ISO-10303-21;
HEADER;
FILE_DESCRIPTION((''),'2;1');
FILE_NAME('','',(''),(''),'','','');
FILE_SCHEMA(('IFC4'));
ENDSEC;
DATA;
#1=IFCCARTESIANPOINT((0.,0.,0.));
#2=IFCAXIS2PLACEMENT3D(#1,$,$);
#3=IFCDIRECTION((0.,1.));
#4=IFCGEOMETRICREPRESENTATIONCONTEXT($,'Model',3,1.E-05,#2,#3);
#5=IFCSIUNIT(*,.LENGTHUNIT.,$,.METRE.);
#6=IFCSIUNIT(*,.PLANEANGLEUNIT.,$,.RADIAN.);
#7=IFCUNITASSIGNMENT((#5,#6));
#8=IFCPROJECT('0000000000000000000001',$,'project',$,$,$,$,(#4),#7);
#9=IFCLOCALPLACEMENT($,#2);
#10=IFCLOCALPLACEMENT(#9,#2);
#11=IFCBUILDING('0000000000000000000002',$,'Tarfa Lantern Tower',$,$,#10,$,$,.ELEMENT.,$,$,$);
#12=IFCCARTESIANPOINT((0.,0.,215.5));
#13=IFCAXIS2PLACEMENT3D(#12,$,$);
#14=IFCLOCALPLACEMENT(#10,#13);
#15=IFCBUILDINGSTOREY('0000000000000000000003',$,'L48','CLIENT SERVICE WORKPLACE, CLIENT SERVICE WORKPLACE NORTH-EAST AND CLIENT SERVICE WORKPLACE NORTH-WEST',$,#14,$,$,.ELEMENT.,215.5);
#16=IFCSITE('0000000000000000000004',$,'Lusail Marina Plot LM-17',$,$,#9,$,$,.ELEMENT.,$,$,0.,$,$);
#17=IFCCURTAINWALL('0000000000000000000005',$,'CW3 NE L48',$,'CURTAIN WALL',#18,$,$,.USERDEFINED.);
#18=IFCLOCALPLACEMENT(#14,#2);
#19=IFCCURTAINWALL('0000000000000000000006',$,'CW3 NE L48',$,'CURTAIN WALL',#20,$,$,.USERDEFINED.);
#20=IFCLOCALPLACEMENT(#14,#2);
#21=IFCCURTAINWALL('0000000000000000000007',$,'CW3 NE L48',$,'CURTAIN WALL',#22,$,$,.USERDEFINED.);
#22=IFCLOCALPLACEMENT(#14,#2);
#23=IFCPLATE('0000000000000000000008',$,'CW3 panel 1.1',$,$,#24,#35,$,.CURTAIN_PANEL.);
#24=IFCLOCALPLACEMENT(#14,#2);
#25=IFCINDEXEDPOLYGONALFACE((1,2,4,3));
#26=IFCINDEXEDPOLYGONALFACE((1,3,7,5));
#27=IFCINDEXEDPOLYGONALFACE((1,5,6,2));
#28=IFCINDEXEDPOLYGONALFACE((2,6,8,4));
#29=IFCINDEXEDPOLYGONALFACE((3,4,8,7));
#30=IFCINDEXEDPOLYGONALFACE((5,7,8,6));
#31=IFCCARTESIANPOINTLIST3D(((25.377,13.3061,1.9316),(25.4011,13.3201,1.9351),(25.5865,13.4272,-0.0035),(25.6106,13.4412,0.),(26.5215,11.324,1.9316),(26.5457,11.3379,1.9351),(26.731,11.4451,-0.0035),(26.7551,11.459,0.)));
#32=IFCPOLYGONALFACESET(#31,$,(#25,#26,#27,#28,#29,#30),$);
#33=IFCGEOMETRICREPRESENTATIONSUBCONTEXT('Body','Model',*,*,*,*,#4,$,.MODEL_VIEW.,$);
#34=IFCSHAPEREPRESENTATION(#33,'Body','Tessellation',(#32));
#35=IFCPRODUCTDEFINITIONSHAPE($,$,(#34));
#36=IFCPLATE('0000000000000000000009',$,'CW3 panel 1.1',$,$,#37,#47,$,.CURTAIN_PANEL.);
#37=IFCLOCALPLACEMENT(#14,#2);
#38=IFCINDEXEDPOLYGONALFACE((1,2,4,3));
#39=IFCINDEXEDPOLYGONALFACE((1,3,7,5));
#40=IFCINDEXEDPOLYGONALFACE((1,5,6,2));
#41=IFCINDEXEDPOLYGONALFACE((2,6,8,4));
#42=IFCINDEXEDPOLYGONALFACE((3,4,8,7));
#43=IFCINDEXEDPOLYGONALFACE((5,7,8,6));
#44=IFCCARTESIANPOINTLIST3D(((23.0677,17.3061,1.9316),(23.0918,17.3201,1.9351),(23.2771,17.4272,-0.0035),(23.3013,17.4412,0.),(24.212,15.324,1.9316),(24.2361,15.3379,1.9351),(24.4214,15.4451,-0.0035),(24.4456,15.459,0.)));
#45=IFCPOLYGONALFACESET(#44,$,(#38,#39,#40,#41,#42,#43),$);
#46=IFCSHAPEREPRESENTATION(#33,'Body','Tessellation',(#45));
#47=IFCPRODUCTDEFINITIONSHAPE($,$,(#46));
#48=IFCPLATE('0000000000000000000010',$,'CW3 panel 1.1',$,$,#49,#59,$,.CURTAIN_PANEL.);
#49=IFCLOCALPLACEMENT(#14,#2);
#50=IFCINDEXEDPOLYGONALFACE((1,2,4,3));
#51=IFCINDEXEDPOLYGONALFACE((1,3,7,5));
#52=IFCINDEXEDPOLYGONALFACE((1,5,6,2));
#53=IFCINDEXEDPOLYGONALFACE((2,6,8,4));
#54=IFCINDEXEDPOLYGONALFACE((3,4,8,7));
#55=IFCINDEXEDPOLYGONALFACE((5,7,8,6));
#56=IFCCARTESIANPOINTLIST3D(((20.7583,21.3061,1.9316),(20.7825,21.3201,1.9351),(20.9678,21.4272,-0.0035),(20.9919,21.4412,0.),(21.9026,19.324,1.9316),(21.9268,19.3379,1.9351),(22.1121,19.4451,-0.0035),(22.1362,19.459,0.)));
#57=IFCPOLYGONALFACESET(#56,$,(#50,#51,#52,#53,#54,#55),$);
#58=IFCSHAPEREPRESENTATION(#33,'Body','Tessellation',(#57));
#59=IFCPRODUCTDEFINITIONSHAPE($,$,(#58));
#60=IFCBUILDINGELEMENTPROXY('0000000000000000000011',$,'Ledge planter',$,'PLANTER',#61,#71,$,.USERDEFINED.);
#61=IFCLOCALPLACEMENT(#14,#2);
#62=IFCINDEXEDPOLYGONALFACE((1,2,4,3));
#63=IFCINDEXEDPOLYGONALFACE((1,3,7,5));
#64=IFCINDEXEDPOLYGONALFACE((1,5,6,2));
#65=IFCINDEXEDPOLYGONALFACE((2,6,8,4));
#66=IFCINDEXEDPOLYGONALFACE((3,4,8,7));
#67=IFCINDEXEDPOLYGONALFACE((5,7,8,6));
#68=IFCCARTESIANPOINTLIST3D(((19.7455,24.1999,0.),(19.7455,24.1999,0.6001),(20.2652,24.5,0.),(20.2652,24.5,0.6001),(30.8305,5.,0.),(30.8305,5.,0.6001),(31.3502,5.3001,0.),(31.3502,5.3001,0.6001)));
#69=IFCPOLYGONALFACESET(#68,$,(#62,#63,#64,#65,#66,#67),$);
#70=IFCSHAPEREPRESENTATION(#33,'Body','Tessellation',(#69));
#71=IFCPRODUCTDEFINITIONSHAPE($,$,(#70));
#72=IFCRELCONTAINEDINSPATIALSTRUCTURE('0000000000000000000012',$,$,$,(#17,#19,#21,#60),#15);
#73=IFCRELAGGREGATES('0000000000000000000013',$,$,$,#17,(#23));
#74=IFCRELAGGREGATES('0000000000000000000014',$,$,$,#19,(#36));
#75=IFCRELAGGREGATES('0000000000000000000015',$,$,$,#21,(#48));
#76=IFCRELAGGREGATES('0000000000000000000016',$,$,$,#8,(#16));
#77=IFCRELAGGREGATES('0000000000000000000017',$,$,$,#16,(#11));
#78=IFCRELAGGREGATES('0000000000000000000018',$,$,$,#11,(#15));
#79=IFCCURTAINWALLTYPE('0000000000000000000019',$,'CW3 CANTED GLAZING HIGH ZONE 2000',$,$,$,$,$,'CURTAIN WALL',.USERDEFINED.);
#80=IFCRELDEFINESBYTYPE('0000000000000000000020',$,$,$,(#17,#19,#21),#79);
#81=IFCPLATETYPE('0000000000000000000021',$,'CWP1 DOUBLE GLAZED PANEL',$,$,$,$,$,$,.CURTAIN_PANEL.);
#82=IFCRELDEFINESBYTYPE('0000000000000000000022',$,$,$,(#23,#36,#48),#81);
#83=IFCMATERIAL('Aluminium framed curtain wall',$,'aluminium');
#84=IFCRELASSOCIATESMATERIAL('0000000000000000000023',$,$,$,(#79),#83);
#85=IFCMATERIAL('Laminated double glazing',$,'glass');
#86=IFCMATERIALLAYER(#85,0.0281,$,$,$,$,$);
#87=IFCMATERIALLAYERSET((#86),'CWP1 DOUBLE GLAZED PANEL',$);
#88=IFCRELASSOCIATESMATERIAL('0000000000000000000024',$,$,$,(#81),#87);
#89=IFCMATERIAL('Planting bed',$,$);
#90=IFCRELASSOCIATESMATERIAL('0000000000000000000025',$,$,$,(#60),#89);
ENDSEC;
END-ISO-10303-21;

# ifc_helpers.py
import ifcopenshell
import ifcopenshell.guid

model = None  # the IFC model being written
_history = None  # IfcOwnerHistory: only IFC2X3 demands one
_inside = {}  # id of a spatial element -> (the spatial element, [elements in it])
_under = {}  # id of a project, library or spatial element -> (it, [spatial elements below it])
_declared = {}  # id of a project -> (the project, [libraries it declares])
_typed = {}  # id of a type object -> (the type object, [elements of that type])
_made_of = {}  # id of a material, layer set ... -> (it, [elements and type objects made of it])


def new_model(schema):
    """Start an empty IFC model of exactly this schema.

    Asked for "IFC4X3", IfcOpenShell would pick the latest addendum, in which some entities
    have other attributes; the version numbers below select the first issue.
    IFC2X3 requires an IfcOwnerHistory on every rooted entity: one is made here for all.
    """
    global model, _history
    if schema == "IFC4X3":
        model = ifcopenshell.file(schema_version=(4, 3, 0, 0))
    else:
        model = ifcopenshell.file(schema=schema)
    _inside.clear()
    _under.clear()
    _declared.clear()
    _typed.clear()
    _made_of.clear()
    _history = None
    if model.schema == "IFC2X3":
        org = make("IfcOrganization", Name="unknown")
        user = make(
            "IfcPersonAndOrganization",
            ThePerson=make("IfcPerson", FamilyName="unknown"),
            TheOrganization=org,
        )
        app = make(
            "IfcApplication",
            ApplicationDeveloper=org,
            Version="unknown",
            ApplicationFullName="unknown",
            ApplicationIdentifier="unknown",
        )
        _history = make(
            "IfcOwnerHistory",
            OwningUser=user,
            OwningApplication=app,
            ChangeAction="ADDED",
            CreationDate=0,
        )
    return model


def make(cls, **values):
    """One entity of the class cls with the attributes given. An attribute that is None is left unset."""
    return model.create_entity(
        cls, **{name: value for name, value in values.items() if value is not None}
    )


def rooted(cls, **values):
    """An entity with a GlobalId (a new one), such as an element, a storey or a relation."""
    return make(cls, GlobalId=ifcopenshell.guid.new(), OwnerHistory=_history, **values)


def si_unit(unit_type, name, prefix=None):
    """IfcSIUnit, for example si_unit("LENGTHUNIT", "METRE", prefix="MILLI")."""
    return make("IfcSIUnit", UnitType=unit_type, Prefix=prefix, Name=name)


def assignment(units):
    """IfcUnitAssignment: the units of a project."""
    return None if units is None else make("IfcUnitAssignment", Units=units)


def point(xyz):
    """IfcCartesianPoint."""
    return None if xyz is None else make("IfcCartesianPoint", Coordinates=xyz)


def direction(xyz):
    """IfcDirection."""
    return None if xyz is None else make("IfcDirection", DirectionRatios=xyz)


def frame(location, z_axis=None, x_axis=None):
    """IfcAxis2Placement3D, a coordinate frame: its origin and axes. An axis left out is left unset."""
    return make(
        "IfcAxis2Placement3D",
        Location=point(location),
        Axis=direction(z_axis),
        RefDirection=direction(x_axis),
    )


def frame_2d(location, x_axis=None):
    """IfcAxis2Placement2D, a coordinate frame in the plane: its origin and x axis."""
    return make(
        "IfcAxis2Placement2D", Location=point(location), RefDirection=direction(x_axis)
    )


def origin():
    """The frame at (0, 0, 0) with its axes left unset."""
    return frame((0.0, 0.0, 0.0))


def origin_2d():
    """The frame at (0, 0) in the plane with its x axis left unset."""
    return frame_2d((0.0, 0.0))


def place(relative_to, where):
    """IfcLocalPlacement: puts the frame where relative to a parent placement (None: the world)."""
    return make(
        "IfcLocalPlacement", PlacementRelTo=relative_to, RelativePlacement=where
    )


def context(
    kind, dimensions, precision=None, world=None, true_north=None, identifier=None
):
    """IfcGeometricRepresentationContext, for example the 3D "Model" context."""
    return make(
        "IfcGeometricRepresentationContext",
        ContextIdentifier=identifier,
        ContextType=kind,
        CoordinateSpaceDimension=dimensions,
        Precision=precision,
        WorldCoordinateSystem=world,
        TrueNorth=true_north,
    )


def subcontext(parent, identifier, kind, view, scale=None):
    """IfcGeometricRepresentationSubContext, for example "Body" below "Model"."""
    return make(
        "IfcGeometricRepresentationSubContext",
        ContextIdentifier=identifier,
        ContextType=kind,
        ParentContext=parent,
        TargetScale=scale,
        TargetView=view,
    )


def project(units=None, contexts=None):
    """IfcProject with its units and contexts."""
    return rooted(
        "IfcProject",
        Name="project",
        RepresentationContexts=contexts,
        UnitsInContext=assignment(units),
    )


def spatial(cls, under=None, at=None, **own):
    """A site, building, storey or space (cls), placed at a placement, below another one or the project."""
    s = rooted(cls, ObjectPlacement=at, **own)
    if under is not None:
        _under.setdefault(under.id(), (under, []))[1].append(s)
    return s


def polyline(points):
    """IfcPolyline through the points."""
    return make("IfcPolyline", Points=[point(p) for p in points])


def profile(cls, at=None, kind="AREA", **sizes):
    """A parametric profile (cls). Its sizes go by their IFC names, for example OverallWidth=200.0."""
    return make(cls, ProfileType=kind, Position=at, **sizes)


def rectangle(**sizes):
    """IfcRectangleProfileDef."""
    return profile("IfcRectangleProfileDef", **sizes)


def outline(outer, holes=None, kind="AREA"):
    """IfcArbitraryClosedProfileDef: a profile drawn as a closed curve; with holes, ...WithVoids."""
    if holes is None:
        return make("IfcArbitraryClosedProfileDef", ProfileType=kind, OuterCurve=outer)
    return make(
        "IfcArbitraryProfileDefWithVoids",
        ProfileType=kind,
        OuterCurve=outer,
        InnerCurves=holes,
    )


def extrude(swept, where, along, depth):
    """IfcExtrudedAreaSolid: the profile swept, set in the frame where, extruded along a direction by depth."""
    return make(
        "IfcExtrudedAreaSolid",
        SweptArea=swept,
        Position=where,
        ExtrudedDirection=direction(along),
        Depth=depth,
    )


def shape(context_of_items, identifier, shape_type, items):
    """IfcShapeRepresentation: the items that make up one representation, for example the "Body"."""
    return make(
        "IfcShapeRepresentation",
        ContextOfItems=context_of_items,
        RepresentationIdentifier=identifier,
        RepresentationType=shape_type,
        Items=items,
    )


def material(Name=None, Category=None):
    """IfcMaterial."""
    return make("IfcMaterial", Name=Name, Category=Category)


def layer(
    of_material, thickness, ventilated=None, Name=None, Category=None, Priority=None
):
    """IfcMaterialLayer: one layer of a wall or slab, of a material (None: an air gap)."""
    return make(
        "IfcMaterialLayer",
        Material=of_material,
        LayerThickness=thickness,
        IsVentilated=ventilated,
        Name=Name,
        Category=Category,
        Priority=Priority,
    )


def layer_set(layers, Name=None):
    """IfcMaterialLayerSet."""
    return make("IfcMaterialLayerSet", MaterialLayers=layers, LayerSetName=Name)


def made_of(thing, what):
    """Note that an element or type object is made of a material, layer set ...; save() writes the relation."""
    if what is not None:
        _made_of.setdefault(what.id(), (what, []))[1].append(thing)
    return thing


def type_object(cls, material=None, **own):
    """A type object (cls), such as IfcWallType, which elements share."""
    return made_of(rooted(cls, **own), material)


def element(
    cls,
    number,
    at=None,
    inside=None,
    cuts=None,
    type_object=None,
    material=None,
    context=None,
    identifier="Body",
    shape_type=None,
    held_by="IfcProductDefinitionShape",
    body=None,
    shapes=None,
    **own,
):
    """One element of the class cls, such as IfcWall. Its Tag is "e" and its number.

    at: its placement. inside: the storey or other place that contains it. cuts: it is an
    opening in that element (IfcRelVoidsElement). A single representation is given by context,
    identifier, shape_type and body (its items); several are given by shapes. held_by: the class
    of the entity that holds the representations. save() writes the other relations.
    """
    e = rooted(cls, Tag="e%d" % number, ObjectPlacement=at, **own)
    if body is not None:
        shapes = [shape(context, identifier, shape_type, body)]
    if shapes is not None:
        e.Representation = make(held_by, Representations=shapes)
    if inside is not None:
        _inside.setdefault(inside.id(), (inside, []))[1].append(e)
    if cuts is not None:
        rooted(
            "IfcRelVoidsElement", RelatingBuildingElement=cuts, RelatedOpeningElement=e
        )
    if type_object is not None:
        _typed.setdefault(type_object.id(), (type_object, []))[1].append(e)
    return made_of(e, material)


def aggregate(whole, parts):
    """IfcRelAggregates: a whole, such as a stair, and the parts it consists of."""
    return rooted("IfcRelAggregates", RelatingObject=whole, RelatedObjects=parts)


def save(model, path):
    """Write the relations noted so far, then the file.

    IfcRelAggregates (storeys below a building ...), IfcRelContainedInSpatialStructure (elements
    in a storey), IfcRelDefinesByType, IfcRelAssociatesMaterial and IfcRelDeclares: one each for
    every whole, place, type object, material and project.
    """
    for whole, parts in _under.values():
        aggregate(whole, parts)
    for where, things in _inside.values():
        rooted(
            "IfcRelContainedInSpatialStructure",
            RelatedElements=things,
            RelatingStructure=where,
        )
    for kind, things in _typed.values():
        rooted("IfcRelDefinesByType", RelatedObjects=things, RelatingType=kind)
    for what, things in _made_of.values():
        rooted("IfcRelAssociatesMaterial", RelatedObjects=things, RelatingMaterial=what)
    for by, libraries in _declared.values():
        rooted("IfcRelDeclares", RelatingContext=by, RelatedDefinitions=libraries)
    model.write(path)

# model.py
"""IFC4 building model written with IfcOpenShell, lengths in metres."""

from ifc_helpers import new_model, si_unit, direction, frame, origin, origin_2d, place, context, subcontext, project, spatial, polyline, rectangle, outline, extrude, material, layer, layer_set, type_object, element, aggregate, save


model = new_model("IFC4")

# Units and contexts
model_context = context("Model", 3, precision=1e-05, world=origin(), true_north=direction((0.0, 1.0)))
body_context = subcontext(model_context, "Body", "Model", "MODEL_VIEW")
ifc_project = project(units=[si_unit("LENGTHUNIT", "METRE"), si_unit("PLANEANGLEUNIT", "RADIAN")], contexts=[model_context])

# Site, building, storey
site_placement = place(None, origin())
site = spatial("IfcSite", under=ifc_project, at=site_placement, Name="Lusail Marina Plot LM-17", CompositionType="ELEMENT", RefElevation=0.0)
building_placement = place(site_placement, origin())
building = spatial("IfcBuilding", under=site, at=building_placement, Name="Tarfa Lantern Tower", CompositionType="ELEMENT")
storey_placement = place(building_placement, frame((0.0, 0.0, 215.5)))
storey = spatial("IfcBuildingStorey", under=building, at=storey_placement, Name="L48", Description="CLIENT SERVICE WORKPLACE, CLIENT SERVICE WORKPLACE NORTH-EAST AND CLIENT SERVICE WORKPLACE NORTH-WEST", CompositionType="ELEMENT", Elevation=215.5)

# Curtain walls
ifc_material_1 = material(Name="Aluminium framed curtain wall", Category="aluminium")
curtain_wall_type = type_object("IfcCurtainWallType", Name="CW3 CANTED GLAZING HIGH ZONE 2000", ElementType="CURTAIN WALL", PredefinedType="USERDEFINED", material=ifc_material_1)
curtain_wall_1_placement = place(storey_placement, origin())
curtain_wall_1 = element("IfcCurtainWall", 1, at=curtain_wall_1_placement, inside=storey, type_object=curtain_wall_type, Name="CW3 NE L48", ObjectType="CURTAIN WALL", PredefinedType="USERDEFINED")
curtain_wall_2_placement = place(storey_placement, origin())
curtain_wall_2 = element("IfcCurtainWall", 2, at=curtain_wall_2_placement, inside=storey, type_object=curtain_wall_type, Name="CW3 NE L48", ObjectType="CURTAIN WALL", PredefinedType="USERDEFINED")
curtain_wall_3_placement = place(storey_placement, origin())
curtain_wall_3 = element("IfcCurtainWall", 3, at=curtain_wall_3_placement, inside=storey, type_object=curtain_wall_type, Name="CW3 NE L48", ObjectType="CURTAIN WALL", PredefinedType="USERDEFINED")

# Plates
ifc_material_2 = material(Name="Laminated double glazing", Category="glass")
ifc_layer = layer(ifc_material_2, 0.0281)
ifc_layer_set = layer_set([ifc_layer], Name="CWP1 DOUBLE GLAZED PANEL")
plate_type = type_object("IfcPlateType", Name="CWP1 DOUBLE GLAZED PANEL", PredefinedType="CURTAIN_PANEL", material=ifc_layer_set)
plate_1_placement = place(storey_placement, frame((26.7551, 11.459, 0.0), z_axis=(0.859311, 0.496176, 0.124072), x_axis=(-0.500039, 0.866003, 0.0)))
plate_1 = element("IfcPlate", 4, at=plate_1_placement, type_object=plate_type, Name="CW3 panel 1.1", PredefinedType="CURTAIN_PANEL", context=body_context, shape_type="SweptSolid", body=[
    extrude(outline(polyline([(0.0, 0.0), (2.2889, 0.0), (2.2888, 1.9501), (-0.0001, 1.9501), (0.0, 0.0)])), origin(), (0.0, 0.0, -1.0), 0.0281),
])
aggregate(curtain_wall_1, [plate_1])
plate_2_placement = place(storey_placement, frame((24.4456, 15.459, 0.0), z_axis=(0.859357, 0.496096, 0.124072), x_axis=(-0.499959, 0.866049, 0.0)))
plate_2 = element("IfcPlate", 5, at=plate_2_placement, type_object=plate_type, Name="CW3 panel 1.1", PredefinedType="CURTAIN_PANEL", context=body_context, shape_type="SweptSolid", body=[
    extrude(outline(polyline([(0.0, 0.0), (2.2888, 0.0), (2.2886, 1.9501), (-0.0001, 1.9501), (0.0, 0.0)])), origin(), (0.0, 0.0, -1.0), 0.0281),
])
aggregate(curtain_wall_2, [plate_2])
plate_3_placement = place(storey_placement, frame((22.1362, 19.459, 0.0), z_axis=(0.859357, 0.496096, 0.124072), x_axis=(-0.499959, 0.866049, 0.0)))
plate_3 = element("IfcPlate", 6, at=plate_3_placement, type_object=plate_type, Name="CW3 panel 1.1", PredefinedType="CURTAIN_PANEL", context=body_context, shape_type="SweptSolid", body=[
    extrude(outline(polyline([(0.0, 0.0), (2.2888, 0.0), (2.2886, 1.9501), (-0.0001, 1.9501), (0.0, 0.0)])), origin(), (0.0, 0.0, -1.0), 0.0281),
])
aggregate(curtain_wall_3, [plate_3])

# Building element proxy
ifc_material_3 = material(Name="Planting bed")
proxy_placement = place(storey_placement, frame((25.5479, 14.75, 0.0), z_axis=(0.0, 0.0, 1.0), x_axis=(-0.5, 0.866025, 0.0)))
element("IfcBuildingElementProxy", 7, at=proxy_placement, inside=storey, material=ifc_material_3, Name="Ledge planter", ObjectType="PLANTER", PredefinedType="USERDEFINED", context=body_context, shape_type="SweptSolid", body=[
    extrude(rectangle(XDim=22.1702, YDim=0.6001, at=origin_2d()), origin(), (0.0, 0.0, 1.0), 0.6001),
])

save(model, "model.ifc")
